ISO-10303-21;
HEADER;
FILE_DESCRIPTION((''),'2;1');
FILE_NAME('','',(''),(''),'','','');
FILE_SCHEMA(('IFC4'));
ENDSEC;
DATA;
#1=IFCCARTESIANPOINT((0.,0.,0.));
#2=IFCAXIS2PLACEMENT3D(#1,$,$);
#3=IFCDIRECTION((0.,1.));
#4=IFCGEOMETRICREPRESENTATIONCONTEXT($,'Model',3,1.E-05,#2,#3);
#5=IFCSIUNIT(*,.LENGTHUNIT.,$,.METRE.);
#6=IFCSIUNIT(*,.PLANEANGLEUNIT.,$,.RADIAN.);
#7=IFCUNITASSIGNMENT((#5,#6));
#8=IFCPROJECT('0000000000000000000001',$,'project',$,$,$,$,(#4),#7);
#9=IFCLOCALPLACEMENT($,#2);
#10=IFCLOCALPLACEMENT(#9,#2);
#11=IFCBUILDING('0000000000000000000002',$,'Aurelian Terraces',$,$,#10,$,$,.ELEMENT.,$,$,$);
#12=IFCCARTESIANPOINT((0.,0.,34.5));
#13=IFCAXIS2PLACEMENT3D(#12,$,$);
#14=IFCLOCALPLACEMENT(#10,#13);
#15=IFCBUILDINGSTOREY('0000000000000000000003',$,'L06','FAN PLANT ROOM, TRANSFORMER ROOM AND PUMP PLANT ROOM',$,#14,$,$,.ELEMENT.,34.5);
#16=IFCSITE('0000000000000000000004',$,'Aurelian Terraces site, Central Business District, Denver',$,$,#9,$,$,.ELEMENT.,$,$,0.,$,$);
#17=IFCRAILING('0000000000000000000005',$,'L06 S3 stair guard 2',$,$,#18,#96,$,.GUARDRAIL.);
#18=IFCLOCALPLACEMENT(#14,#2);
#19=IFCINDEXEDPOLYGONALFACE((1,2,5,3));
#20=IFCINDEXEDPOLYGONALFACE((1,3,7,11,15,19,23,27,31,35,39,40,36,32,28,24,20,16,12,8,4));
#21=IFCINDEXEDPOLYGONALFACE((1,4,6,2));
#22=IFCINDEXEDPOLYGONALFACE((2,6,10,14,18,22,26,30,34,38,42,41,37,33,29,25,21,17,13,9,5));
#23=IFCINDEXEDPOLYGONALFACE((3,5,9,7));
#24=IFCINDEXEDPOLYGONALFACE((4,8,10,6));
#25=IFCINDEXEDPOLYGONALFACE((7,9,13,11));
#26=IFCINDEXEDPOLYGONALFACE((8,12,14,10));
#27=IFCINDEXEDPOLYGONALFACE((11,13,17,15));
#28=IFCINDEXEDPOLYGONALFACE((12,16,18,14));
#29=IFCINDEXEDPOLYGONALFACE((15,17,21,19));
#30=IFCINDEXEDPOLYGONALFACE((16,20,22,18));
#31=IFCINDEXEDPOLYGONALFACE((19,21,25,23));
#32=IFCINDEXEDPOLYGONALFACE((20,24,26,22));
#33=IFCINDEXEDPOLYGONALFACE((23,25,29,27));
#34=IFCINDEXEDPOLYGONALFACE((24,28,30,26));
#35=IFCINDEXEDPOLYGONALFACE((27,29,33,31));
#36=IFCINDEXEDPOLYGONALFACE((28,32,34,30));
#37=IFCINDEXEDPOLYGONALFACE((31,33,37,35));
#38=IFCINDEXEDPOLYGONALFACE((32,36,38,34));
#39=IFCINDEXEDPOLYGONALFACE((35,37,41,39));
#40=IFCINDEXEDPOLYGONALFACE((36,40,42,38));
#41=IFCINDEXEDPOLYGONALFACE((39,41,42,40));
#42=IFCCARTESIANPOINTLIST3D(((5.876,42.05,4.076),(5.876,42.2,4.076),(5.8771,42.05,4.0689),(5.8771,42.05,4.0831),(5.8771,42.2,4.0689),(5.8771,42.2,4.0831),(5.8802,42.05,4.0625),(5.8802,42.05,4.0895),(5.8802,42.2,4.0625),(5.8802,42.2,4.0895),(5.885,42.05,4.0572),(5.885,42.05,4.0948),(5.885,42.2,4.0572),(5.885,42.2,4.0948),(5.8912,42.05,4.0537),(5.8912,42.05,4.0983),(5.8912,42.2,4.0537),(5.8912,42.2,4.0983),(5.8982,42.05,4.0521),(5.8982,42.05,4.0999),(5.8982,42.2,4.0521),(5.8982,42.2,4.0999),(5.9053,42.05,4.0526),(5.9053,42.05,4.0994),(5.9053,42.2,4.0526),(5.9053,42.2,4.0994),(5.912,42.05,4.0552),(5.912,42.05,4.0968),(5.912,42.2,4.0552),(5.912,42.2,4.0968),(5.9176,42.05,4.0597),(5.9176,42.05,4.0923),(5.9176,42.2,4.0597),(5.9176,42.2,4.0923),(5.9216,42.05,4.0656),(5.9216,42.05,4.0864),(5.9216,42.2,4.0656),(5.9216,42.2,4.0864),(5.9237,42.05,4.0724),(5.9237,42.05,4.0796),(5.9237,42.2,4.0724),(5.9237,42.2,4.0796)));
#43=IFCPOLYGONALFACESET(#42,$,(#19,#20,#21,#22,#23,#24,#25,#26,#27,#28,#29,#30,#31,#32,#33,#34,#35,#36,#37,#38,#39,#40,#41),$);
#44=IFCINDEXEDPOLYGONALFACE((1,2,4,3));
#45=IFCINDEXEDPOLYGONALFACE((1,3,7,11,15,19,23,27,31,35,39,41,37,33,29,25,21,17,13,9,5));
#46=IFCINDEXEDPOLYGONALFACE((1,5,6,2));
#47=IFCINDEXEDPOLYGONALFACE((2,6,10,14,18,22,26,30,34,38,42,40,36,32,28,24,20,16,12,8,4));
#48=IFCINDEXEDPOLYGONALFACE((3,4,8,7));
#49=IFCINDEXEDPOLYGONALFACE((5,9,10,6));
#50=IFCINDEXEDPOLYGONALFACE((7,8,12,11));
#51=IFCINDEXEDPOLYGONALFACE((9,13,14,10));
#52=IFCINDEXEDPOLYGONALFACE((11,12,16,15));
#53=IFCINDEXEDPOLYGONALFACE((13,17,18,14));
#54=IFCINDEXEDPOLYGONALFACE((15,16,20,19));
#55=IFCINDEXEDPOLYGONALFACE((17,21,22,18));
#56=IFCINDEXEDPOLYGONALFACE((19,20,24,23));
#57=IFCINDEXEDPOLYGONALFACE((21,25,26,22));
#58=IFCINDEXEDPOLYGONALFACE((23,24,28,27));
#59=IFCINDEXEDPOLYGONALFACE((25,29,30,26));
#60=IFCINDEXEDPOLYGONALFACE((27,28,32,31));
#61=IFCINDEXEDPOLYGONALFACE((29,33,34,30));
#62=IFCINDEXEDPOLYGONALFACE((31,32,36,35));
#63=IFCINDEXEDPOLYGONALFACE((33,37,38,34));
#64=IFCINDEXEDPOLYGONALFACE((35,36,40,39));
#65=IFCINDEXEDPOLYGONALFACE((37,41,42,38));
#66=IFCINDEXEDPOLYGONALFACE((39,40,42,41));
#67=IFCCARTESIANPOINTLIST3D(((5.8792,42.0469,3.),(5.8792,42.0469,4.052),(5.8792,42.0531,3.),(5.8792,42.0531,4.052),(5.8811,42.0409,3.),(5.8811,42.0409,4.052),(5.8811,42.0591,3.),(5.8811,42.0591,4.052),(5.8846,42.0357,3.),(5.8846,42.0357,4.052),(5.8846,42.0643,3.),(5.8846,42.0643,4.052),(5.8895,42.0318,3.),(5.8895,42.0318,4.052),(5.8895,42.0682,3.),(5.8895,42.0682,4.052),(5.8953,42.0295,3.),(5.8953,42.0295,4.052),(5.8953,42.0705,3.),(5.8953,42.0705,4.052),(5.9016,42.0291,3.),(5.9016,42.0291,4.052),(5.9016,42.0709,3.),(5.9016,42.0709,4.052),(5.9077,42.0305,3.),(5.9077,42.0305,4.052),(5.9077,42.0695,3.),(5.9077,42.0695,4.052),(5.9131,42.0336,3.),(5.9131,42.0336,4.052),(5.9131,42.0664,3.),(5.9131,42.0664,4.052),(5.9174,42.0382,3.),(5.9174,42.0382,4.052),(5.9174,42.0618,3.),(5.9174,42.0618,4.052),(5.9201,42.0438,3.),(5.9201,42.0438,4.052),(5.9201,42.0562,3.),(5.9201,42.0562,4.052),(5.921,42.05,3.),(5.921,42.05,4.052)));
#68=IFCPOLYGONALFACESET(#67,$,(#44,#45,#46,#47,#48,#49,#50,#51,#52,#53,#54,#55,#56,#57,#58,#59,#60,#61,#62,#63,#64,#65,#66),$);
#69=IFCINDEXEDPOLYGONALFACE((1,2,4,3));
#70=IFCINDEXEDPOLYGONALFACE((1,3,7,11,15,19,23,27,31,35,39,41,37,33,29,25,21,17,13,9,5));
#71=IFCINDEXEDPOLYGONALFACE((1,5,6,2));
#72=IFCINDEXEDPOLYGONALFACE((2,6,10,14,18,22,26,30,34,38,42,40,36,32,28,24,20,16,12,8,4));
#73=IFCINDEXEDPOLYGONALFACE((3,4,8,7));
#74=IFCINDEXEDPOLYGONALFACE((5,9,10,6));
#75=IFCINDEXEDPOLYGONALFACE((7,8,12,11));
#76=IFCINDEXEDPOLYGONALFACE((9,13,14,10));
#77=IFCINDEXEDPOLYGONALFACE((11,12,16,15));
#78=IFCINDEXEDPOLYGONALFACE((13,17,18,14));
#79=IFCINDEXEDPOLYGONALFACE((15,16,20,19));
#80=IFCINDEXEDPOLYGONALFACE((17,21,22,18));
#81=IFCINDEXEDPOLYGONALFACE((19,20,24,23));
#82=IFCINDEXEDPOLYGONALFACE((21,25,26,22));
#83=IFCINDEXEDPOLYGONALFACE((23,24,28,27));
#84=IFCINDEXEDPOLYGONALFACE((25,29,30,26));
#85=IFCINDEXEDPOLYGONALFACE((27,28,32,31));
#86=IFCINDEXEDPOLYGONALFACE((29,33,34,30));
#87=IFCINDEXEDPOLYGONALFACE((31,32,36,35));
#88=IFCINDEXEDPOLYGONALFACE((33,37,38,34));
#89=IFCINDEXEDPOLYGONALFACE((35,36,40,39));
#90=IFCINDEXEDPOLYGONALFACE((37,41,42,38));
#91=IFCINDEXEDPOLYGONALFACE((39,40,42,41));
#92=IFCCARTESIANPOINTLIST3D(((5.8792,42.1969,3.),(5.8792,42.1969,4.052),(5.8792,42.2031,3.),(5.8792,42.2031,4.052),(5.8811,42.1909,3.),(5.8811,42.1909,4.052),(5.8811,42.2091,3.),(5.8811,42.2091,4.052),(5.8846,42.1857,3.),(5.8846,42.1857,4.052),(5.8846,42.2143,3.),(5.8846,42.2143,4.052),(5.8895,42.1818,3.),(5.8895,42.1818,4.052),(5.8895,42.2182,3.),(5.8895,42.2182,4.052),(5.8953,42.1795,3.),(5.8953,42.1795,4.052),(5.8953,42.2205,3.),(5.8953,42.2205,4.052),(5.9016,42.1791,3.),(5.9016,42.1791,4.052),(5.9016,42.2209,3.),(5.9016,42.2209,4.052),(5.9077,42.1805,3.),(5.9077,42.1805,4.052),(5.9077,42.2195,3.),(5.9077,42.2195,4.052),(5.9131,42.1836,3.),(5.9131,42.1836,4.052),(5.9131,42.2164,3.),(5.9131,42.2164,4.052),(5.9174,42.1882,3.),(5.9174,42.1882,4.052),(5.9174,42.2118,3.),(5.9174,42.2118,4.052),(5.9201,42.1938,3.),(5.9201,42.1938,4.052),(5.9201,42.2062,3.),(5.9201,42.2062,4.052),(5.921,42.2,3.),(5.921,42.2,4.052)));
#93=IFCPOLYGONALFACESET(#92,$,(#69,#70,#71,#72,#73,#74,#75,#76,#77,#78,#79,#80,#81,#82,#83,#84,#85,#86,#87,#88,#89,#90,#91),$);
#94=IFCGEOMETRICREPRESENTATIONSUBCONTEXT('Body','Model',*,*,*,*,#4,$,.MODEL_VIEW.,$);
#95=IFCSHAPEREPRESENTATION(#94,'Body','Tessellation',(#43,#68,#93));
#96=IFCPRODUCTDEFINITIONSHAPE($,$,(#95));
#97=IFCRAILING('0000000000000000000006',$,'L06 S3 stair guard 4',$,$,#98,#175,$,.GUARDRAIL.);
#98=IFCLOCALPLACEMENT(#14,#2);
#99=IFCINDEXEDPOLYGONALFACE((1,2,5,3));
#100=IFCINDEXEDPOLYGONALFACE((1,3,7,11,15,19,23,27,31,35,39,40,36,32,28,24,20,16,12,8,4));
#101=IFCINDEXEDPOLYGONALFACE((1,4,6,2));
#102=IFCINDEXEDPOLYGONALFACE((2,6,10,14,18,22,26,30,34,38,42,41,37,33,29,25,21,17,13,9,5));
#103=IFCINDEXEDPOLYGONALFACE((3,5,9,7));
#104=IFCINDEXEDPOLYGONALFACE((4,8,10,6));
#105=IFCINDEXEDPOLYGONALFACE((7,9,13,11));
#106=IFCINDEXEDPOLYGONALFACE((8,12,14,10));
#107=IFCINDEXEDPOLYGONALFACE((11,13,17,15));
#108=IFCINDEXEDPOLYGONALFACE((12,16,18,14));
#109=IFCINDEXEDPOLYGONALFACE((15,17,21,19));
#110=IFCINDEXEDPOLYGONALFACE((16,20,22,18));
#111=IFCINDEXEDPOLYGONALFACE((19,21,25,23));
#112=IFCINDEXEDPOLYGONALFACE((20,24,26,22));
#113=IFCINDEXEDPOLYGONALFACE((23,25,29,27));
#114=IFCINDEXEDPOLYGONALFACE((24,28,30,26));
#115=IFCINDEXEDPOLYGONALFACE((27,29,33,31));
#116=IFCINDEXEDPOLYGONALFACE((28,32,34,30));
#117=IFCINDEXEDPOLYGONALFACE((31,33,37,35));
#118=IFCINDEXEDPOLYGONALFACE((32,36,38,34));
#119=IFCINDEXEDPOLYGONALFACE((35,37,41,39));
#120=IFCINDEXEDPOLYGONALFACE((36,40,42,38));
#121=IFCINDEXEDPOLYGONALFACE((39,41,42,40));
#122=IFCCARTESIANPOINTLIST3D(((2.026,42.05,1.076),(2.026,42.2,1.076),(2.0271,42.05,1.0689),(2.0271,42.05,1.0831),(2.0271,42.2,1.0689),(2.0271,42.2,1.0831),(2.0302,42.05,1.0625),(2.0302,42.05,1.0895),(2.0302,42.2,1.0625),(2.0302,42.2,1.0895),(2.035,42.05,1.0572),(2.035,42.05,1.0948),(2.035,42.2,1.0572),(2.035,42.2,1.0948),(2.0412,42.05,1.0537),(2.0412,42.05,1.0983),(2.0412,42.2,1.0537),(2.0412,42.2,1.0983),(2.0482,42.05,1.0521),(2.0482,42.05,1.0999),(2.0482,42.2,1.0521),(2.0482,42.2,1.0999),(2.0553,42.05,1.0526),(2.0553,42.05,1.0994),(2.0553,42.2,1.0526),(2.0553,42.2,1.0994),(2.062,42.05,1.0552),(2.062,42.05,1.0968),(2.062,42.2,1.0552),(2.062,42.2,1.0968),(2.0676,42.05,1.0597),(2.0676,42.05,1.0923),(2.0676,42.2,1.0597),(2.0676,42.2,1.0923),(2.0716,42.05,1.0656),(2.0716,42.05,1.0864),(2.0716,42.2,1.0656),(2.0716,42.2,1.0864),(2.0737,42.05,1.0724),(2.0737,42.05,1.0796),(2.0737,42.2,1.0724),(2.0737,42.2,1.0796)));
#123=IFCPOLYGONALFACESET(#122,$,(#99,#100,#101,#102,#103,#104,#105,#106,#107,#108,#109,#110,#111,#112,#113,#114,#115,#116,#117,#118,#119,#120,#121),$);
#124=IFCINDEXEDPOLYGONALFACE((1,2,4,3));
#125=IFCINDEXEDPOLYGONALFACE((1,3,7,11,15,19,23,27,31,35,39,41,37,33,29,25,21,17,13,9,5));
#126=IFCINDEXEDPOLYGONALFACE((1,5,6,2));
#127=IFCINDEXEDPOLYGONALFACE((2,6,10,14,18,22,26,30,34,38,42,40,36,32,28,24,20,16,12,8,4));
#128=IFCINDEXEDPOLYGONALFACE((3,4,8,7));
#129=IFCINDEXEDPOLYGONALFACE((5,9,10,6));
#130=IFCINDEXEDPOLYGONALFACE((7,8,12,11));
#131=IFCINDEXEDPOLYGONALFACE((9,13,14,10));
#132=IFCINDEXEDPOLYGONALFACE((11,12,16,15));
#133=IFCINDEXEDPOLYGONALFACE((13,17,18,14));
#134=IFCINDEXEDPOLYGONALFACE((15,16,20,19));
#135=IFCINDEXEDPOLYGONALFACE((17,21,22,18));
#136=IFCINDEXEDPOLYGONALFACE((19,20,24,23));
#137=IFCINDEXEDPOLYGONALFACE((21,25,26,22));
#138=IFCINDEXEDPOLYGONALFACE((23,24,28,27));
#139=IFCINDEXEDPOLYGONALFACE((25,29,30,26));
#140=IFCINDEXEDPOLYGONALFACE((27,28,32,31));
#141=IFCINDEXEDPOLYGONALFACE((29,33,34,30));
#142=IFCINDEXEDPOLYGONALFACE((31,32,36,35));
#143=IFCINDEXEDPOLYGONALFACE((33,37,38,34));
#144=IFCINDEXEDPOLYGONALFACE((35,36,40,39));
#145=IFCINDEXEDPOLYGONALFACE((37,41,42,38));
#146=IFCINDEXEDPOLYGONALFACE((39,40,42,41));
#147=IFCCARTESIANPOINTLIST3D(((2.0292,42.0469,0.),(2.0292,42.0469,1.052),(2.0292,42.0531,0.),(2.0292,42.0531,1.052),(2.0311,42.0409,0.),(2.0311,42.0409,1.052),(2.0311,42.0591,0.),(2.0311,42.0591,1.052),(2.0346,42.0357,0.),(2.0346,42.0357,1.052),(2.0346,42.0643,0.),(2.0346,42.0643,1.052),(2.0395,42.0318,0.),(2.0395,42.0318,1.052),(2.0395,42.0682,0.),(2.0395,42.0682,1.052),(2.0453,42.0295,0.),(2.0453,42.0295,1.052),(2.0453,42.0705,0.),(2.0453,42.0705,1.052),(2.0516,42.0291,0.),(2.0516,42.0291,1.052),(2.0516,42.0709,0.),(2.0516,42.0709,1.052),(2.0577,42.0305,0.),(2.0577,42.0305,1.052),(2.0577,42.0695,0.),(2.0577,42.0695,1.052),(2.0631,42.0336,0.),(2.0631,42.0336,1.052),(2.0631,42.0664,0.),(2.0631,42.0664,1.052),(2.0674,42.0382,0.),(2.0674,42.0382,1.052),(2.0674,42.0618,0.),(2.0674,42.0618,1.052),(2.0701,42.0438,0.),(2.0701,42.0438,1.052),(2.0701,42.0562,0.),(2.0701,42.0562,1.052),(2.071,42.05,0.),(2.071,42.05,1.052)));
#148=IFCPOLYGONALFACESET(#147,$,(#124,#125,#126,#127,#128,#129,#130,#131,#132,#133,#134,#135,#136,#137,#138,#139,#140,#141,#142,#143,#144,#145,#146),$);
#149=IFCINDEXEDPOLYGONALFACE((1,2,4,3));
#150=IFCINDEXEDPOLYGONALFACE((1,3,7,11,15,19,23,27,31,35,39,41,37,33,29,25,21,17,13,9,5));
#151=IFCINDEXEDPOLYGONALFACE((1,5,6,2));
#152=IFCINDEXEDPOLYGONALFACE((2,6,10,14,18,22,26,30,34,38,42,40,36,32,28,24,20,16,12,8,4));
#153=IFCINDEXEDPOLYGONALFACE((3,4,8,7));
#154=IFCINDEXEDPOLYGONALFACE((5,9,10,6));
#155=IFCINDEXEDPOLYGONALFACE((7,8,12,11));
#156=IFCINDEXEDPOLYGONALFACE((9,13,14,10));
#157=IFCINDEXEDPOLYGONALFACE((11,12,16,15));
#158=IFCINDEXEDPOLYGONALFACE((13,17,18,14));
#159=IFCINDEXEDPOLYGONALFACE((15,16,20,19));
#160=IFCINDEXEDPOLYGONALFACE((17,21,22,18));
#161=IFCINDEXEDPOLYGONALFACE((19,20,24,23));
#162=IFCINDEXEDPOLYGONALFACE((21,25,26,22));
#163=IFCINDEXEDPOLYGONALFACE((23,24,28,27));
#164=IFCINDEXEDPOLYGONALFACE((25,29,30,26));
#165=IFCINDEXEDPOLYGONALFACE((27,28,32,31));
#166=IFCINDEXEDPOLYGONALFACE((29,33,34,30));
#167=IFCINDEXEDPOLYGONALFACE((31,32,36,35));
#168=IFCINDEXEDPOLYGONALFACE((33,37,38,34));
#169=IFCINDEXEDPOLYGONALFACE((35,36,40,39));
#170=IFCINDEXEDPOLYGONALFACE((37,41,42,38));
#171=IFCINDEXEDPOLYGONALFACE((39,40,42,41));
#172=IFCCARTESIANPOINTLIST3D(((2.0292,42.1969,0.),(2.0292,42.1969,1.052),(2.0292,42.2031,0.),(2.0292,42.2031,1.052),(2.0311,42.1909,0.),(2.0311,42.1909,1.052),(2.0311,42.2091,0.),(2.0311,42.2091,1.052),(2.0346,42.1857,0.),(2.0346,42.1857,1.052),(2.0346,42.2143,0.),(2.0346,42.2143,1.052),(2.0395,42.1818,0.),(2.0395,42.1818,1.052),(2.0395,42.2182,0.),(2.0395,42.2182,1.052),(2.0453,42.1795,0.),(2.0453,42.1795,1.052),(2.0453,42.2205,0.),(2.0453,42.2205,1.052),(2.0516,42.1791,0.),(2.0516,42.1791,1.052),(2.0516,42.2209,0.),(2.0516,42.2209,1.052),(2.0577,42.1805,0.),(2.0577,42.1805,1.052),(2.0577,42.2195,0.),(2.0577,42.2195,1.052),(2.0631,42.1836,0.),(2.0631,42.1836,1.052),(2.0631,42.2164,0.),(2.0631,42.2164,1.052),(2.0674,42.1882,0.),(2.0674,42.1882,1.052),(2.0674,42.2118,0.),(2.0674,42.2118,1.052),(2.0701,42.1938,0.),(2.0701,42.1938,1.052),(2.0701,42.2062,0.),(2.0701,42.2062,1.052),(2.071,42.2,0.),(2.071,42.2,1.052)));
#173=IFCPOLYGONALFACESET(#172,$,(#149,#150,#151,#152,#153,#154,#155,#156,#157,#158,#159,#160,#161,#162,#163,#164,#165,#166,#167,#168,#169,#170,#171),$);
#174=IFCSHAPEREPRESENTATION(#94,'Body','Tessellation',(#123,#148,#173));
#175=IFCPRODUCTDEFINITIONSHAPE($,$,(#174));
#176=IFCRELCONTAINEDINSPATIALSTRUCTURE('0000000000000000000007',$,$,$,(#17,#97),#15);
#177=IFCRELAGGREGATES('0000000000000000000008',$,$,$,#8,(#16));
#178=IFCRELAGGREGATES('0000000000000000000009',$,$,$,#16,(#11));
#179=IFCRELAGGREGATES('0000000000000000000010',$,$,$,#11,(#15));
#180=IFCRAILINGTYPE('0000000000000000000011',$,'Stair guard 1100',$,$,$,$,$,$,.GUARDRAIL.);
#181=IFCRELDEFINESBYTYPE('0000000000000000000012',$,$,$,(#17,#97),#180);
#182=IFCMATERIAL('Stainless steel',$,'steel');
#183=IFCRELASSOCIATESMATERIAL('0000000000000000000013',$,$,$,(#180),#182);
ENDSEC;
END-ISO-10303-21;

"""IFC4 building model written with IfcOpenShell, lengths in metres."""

from ifc_helpers import new_model, si_unit, direction, frame, origin, origin_2d, place, context, subcontext, project, spatial, circle, extrude, source, transform, mapped, material, type_object, element, save


model = new_model("IFC4")

# Units and contexts
model_context = context("Model", 3, precision=1e-05, world=origin(), true_north=direction((0.0, 1.0)))
body_context = subcontext(model_context, "Body", "Model", "MODEL_VIEW")
ifc_project = project(units=[si_unit("LENGTHUNIT", "METRE"), si_unit("PLANEANGLEUNIT", "RADIAN")], contexts=[model_context])

# Site, building, storey
site_placement = place(None, origin())
site = spatial("IfcSite", under=ifc_project, at=site_placement, Name="Aurelian Terraces site, Central Business District, Denver", CompositionType="ELEMENT", RefElevation=0.0)
building_placement = place(site_placement, origin())
building = spatial("IfcBuilding", under=site, at=building_placement, Name="Aurelian Terraces", CompositionType="ELEMENT")
storey_placement = place(building_placement, frame((0.0, 0.0, 34.5)))
storey = spatial("IfcBuildingStorey", under=building, at=storey_placement, Name="L06", Description="FAN PLANT ROOM, TRANSFORMER ROOM AND PUMP PLANT ROOM", CompositionType="ELEMENT", Elevation=34.5)

# Railings
ifc_material_1 = material(Name="Stainless steel", Category="steel")
railing_type_1 = type_object("IfcRailingType", Name="Stair guard 1100", PredefinedType="GUARDRAIL", material=ifc_material_1)
shared_shape_1 = source(origin(), body_context, "Body", "SweptSolid", [
    extrude(circle(Radius=0.024, at=origin_2d()), frame((0.0, 0.0, 1.076), z_axis=(0.0, 1.0, 0.0), x_axis=(-1.0, 0.0, 0.0)), (0.0, 0.0, 1.0), 0.15),
    extrude(circle(Radius=0.021, at=origin_2d()), origin(), (0.0, 0.0, 1.0), 1.052),
    extrude(circle(Radius=0.021, at=origin_2d()), frame((0.0, 0.15, 0.0)), (0.0, 0.0, 1.0), 1.052),
])
for number, where, name in (
    (1, (5.9, 42.05, 3.0), "L06 S3 stair guard 2"),
    (2, (2.05, 42.05, 0.0), "L06 S3 stair guard 4"),
):
    element("IfcRailing", number, at=place(storey_placement, frame(where)), inside=storey, type_object=railing_type_1, Name=name, PredefinedType="GUARDRAIL", context=body_context, shape_type="MappedRepresentation", body=[
        mapped(shared_shape_1, transform((0.0, 0.0, 0.0), scale=1.0)),
    ])

save(model, "model.ifc")
